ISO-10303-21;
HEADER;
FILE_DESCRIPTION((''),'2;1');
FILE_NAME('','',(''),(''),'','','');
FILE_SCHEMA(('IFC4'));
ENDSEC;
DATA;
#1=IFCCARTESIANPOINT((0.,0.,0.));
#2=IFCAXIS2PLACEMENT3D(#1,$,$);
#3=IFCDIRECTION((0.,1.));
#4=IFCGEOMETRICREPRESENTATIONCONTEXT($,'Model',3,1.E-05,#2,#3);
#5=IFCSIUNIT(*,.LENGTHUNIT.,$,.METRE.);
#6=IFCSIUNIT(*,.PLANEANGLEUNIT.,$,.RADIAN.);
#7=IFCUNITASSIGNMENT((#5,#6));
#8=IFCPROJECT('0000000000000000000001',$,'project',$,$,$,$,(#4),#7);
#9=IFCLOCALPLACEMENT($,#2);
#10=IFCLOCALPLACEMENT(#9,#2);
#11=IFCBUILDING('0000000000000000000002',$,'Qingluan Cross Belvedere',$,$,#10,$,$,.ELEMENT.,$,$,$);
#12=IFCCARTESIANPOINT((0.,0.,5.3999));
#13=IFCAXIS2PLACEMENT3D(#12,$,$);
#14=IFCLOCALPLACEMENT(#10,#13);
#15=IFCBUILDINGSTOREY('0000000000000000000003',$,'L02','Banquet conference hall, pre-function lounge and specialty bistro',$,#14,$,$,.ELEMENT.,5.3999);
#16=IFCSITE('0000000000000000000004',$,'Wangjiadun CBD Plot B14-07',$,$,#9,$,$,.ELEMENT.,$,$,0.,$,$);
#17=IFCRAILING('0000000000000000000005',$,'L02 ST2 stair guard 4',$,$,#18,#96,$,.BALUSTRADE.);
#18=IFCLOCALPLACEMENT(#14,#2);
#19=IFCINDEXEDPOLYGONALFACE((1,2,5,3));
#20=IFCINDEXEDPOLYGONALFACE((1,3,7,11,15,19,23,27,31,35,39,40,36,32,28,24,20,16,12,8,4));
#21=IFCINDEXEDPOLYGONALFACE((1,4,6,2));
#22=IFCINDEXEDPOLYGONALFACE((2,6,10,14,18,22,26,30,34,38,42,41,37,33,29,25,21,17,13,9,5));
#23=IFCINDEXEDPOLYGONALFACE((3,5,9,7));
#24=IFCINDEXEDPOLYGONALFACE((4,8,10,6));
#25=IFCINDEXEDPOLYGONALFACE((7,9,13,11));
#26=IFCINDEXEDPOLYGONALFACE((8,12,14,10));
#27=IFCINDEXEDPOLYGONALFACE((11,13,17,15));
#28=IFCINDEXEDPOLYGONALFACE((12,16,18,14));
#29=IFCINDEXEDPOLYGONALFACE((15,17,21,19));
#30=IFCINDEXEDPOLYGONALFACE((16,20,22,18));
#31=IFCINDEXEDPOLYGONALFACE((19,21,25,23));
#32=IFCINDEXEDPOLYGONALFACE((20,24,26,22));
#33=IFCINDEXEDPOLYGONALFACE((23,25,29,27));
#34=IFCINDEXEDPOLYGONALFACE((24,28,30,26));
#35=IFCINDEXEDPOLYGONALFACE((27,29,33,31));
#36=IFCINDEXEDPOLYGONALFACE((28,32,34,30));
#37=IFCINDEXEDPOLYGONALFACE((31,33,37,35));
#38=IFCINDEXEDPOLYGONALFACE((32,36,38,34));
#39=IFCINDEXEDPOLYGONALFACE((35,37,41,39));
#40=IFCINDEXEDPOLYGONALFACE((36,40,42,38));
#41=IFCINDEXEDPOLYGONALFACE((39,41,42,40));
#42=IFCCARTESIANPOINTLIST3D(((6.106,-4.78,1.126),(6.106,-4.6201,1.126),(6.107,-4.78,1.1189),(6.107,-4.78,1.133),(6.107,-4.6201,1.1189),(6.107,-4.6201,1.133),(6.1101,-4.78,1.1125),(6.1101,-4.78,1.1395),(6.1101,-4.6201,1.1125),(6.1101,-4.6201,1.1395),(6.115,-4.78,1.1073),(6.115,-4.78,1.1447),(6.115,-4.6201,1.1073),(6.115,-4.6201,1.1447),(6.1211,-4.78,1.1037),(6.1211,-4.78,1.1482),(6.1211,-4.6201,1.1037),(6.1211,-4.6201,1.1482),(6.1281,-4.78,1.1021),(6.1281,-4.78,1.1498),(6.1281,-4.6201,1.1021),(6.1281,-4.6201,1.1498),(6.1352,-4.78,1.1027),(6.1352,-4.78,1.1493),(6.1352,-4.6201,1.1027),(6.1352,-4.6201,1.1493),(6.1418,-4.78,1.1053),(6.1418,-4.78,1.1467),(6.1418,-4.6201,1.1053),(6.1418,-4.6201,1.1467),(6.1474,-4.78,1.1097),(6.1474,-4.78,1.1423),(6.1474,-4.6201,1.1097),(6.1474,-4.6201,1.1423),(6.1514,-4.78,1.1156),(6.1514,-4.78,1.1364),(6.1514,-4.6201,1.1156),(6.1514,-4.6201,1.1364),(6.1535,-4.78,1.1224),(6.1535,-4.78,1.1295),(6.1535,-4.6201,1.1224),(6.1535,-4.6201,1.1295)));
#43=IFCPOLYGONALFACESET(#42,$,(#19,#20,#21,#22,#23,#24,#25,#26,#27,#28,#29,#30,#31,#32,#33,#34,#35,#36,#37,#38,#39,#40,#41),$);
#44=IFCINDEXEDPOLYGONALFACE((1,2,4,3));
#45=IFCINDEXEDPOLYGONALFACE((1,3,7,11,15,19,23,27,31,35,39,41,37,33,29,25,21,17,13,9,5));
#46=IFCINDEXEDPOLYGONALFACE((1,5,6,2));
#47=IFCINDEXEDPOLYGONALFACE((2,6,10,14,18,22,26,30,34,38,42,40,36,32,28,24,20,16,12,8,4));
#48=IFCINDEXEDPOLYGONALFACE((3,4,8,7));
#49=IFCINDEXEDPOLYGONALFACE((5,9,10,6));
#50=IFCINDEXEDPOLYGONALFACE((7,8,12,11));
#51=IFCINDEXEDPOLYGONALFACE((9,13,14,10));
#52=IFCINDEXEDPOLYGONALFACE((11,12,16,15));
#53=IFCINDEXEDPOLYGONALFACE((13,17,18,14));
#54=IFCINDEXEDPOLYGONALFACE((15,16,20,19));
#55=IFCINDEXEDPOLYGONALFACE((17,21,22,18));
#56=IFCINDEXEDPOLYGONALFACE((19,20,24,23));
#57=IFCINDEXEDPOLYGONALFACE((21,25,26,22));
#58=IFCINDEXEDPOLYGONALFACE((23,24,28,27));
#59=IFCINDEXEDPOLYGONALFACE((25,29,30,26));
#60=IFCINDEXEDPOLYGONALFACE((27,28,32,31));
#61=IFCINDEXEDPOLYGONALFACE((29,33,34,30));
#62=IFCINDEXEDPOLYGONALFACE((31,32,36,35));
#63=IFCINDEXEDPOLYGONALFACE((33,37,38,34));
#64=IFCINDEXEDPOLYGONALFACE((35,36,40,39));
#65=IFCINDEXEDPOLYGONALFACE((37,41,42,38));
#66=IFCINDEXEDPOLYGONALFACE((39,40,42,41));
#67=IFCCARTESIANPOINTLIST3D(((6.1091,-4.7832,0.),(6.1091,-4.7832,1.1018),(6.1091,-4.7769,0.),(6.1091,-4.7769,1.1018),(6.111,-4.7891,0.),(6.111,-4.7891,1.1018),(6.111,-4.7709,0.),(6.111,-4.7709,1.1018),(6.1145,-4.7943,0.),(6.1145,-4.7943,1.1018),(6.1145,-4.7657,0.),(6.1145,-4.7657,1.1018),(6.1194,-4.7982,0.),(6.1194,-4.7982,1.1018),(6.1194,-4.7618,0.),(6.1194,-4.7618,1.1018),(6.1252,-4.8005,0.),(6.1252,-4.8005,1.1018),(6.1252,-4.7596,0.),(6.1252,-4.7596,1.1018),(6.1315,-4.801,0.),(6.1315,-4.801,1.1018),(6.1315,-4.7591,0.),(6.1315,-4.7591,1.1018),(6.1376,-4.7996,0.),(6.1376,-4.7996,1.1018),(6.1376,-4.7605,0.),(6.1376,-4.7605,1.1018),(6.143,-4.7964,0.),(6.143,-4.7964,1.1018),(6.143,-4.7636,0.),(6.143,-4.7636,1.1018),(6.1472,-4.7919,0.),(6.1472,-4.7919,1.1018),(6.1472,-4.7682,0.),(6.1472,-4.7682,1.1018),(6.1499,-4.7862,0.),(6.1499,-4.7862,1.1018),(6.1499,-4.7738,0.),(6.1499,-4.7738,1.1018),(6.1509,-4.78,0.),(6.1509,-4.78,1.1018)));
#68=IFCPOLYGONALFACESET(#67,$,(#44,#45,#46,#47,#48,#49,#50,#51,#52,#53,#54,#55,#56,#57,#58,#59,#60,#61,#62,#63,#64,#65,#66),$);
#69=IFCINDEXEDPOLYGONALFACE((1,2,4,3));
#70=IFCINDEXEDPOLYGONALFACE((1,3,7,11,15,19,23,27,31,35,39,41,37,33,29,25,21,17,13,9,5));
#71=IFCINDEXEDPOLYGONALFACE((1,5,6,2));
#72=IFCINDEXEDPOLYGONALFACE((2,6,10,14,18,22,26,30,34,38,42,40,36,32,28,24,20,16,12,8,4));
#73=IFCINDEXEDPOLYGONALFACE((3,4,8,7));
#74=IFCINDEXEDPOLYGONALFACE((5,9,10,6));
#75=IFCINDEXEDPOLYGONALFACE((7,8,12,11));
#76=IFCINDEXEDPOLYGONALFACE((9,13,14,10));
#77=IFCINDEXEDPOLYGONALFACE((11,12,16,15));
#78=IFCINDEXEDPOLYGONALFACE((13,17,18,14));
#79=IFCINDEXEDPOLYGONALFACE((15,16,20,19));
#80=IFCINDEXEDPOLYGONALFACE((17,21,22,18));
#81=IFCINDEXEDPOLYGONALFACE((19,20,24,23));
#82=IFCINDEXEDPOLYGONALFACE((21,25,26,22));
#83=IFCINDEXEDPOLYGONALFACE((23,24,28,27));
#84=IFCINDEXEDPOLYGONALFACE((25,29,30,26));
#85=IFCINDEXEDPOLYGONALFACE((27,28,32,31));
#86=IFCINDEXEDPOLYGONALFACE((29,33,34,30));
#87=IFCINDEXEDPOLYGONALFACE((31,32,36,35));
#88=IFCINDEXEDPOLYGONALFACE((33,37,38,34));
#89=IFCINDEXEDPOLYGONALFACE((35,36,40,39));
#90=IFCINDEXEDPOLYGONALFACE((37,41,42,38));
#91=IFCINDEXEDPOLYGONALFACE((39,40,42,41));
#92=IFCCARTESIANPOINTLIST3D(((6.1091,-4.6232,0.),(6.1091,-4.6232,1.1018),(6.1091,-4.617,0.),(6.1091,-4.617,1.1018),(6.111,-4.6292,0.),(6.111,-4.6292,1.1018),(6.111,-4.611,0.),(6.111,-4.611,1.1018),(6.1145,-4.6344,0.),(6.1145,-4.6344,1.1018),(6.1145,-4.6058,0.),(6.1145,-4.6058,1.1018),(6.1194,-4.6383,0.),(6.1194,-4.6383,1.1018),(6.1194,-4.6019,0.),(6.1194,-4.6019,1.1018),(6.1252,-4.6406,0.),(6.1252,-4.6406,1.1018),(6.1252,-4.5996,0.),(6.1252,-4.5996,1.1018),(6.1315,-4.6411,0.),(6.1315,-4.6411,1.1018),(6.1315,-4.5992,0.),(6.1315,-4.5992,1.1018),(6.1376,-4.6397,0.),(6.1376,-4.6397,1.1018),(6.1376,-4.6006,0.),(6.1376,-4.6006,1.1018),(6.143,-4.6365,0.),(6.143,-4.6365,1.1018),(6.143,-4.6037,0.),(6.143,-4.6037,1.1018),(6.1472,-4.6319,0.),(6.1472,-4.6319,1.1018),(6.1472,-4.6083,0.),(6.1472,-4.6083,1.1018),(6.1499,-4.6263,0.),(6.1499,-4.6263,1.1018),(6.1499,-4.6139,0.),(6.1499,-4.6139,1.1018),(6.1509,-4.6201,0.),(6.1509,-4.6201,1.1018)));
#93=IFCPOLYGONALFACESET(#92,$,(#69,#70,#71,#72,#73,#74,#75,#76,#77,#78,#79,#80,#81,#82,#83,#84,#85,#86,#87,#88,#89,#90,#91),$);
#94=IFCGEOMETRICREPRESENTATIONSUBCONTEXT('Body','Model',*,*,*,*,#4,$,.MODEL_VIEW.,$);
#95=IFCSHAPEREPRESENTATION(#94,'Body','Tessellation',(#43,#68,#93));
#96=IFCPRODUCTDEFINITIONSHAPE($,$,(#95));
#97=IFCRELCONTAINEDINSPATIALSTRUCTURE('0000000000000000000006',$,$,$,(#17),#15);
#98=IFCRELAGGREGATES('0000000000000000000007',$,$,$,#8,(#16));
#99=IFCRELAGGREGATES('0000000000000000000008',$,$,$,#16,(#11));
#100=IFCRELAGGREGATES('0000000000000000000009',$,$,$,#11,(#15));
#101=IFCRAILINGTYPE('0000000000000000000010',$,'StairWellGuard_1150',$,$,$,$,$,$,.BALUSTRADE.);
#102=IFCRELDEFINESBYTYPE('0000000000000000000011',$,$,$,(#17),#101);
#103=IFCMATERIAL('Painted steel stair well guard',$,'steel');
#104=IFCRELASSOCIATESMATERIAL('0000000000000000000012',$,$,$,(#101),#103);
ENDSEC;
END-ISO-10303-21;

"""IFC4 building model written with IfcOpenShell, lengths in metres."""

from ifc_helpers import new_model, si_unit, direction, frame, origin, origin_2d, place, context, subcontext, project, spatial, circle, extrude, material, type_object, element, save


model = new_model("IFC4")

# Units and contexts
model_context = context("Model", 3, precision=1e-05, world=origin(), true_north=direction((0.0, 1.0)))
body_context = subcontext(model_context, "Body", "Model", "MODEL_VIEW")
ifc_project = project(units=[si_unit("LENGTHUNIT", "METRE"), si_unit("PLANEANGLEUNIT", "RADIAN")], contexts=[model_context])

# Site, building, storey
site_placement = place(None, origin())
site = spatial("IfcSite", under=ifc_project, at=site_placement, Name="Wangjiadun CBD Plot B14-07", CompositionType="ELEMENT", RefElevation=0.0)
building_placement = place(site_placement, origin())
building = spatial("IfcBuilding", under=site, at=building_placement, Name="Qingluan Cross Belvedere", CompositionType="ELEMENT")
storey_placement = place(building_placement, frame((0.0, 0.0, 5.3999)))
storey = spatial("IfcBuildingStorey", under=building, at=storey_placement, Name="L02", Description="Banquet conference hall, pre-function lounge and specialty bistro", CompositionType="ELEMENT", Elevation=5.3999)

# Railing
ifc_material_1 = material(Name="Painted steel stair well guard", Category="steel")
railing_type_1 = type_object("IfcRailingType", Name="StairWellGuard_1150", PredefinedType="BALUSTRADE", material=ifc_material_1)
railing_1_placement = place(storey_placement, frame((6.1299, -4.78, 0.0)))
element("IfcRailing", 1, at=railing_1_placement, inside=storey, type_object=railing_type_1, Name="L02 ST2 stair guard 4", PredefinedType="BALUSTRADE", context=body_context, shape_type="SweptSolid", body=[
    extrude(circle(Radius=0.0239, at=origin_2d()), frame((0.0, 0.0, 1.126), z_axis=(0.0, 1.0, 0.0), x_axis=(-1.0, 0.0, 0.0)), (0.0, 0.0, 1.0), 0.1599),
    extrude(circle(Radius=0.021, at=origin_2d()), origin(), (0.0, 0.0, 1.0), 1.1018),
    extrude(circle(Radius=0.021, at=origin_2d()), frame((0.0, 0.1599, 0.0)), (0.0, 0.0, 1.0), 1.1018),
])

save(model, "model.ifc")
